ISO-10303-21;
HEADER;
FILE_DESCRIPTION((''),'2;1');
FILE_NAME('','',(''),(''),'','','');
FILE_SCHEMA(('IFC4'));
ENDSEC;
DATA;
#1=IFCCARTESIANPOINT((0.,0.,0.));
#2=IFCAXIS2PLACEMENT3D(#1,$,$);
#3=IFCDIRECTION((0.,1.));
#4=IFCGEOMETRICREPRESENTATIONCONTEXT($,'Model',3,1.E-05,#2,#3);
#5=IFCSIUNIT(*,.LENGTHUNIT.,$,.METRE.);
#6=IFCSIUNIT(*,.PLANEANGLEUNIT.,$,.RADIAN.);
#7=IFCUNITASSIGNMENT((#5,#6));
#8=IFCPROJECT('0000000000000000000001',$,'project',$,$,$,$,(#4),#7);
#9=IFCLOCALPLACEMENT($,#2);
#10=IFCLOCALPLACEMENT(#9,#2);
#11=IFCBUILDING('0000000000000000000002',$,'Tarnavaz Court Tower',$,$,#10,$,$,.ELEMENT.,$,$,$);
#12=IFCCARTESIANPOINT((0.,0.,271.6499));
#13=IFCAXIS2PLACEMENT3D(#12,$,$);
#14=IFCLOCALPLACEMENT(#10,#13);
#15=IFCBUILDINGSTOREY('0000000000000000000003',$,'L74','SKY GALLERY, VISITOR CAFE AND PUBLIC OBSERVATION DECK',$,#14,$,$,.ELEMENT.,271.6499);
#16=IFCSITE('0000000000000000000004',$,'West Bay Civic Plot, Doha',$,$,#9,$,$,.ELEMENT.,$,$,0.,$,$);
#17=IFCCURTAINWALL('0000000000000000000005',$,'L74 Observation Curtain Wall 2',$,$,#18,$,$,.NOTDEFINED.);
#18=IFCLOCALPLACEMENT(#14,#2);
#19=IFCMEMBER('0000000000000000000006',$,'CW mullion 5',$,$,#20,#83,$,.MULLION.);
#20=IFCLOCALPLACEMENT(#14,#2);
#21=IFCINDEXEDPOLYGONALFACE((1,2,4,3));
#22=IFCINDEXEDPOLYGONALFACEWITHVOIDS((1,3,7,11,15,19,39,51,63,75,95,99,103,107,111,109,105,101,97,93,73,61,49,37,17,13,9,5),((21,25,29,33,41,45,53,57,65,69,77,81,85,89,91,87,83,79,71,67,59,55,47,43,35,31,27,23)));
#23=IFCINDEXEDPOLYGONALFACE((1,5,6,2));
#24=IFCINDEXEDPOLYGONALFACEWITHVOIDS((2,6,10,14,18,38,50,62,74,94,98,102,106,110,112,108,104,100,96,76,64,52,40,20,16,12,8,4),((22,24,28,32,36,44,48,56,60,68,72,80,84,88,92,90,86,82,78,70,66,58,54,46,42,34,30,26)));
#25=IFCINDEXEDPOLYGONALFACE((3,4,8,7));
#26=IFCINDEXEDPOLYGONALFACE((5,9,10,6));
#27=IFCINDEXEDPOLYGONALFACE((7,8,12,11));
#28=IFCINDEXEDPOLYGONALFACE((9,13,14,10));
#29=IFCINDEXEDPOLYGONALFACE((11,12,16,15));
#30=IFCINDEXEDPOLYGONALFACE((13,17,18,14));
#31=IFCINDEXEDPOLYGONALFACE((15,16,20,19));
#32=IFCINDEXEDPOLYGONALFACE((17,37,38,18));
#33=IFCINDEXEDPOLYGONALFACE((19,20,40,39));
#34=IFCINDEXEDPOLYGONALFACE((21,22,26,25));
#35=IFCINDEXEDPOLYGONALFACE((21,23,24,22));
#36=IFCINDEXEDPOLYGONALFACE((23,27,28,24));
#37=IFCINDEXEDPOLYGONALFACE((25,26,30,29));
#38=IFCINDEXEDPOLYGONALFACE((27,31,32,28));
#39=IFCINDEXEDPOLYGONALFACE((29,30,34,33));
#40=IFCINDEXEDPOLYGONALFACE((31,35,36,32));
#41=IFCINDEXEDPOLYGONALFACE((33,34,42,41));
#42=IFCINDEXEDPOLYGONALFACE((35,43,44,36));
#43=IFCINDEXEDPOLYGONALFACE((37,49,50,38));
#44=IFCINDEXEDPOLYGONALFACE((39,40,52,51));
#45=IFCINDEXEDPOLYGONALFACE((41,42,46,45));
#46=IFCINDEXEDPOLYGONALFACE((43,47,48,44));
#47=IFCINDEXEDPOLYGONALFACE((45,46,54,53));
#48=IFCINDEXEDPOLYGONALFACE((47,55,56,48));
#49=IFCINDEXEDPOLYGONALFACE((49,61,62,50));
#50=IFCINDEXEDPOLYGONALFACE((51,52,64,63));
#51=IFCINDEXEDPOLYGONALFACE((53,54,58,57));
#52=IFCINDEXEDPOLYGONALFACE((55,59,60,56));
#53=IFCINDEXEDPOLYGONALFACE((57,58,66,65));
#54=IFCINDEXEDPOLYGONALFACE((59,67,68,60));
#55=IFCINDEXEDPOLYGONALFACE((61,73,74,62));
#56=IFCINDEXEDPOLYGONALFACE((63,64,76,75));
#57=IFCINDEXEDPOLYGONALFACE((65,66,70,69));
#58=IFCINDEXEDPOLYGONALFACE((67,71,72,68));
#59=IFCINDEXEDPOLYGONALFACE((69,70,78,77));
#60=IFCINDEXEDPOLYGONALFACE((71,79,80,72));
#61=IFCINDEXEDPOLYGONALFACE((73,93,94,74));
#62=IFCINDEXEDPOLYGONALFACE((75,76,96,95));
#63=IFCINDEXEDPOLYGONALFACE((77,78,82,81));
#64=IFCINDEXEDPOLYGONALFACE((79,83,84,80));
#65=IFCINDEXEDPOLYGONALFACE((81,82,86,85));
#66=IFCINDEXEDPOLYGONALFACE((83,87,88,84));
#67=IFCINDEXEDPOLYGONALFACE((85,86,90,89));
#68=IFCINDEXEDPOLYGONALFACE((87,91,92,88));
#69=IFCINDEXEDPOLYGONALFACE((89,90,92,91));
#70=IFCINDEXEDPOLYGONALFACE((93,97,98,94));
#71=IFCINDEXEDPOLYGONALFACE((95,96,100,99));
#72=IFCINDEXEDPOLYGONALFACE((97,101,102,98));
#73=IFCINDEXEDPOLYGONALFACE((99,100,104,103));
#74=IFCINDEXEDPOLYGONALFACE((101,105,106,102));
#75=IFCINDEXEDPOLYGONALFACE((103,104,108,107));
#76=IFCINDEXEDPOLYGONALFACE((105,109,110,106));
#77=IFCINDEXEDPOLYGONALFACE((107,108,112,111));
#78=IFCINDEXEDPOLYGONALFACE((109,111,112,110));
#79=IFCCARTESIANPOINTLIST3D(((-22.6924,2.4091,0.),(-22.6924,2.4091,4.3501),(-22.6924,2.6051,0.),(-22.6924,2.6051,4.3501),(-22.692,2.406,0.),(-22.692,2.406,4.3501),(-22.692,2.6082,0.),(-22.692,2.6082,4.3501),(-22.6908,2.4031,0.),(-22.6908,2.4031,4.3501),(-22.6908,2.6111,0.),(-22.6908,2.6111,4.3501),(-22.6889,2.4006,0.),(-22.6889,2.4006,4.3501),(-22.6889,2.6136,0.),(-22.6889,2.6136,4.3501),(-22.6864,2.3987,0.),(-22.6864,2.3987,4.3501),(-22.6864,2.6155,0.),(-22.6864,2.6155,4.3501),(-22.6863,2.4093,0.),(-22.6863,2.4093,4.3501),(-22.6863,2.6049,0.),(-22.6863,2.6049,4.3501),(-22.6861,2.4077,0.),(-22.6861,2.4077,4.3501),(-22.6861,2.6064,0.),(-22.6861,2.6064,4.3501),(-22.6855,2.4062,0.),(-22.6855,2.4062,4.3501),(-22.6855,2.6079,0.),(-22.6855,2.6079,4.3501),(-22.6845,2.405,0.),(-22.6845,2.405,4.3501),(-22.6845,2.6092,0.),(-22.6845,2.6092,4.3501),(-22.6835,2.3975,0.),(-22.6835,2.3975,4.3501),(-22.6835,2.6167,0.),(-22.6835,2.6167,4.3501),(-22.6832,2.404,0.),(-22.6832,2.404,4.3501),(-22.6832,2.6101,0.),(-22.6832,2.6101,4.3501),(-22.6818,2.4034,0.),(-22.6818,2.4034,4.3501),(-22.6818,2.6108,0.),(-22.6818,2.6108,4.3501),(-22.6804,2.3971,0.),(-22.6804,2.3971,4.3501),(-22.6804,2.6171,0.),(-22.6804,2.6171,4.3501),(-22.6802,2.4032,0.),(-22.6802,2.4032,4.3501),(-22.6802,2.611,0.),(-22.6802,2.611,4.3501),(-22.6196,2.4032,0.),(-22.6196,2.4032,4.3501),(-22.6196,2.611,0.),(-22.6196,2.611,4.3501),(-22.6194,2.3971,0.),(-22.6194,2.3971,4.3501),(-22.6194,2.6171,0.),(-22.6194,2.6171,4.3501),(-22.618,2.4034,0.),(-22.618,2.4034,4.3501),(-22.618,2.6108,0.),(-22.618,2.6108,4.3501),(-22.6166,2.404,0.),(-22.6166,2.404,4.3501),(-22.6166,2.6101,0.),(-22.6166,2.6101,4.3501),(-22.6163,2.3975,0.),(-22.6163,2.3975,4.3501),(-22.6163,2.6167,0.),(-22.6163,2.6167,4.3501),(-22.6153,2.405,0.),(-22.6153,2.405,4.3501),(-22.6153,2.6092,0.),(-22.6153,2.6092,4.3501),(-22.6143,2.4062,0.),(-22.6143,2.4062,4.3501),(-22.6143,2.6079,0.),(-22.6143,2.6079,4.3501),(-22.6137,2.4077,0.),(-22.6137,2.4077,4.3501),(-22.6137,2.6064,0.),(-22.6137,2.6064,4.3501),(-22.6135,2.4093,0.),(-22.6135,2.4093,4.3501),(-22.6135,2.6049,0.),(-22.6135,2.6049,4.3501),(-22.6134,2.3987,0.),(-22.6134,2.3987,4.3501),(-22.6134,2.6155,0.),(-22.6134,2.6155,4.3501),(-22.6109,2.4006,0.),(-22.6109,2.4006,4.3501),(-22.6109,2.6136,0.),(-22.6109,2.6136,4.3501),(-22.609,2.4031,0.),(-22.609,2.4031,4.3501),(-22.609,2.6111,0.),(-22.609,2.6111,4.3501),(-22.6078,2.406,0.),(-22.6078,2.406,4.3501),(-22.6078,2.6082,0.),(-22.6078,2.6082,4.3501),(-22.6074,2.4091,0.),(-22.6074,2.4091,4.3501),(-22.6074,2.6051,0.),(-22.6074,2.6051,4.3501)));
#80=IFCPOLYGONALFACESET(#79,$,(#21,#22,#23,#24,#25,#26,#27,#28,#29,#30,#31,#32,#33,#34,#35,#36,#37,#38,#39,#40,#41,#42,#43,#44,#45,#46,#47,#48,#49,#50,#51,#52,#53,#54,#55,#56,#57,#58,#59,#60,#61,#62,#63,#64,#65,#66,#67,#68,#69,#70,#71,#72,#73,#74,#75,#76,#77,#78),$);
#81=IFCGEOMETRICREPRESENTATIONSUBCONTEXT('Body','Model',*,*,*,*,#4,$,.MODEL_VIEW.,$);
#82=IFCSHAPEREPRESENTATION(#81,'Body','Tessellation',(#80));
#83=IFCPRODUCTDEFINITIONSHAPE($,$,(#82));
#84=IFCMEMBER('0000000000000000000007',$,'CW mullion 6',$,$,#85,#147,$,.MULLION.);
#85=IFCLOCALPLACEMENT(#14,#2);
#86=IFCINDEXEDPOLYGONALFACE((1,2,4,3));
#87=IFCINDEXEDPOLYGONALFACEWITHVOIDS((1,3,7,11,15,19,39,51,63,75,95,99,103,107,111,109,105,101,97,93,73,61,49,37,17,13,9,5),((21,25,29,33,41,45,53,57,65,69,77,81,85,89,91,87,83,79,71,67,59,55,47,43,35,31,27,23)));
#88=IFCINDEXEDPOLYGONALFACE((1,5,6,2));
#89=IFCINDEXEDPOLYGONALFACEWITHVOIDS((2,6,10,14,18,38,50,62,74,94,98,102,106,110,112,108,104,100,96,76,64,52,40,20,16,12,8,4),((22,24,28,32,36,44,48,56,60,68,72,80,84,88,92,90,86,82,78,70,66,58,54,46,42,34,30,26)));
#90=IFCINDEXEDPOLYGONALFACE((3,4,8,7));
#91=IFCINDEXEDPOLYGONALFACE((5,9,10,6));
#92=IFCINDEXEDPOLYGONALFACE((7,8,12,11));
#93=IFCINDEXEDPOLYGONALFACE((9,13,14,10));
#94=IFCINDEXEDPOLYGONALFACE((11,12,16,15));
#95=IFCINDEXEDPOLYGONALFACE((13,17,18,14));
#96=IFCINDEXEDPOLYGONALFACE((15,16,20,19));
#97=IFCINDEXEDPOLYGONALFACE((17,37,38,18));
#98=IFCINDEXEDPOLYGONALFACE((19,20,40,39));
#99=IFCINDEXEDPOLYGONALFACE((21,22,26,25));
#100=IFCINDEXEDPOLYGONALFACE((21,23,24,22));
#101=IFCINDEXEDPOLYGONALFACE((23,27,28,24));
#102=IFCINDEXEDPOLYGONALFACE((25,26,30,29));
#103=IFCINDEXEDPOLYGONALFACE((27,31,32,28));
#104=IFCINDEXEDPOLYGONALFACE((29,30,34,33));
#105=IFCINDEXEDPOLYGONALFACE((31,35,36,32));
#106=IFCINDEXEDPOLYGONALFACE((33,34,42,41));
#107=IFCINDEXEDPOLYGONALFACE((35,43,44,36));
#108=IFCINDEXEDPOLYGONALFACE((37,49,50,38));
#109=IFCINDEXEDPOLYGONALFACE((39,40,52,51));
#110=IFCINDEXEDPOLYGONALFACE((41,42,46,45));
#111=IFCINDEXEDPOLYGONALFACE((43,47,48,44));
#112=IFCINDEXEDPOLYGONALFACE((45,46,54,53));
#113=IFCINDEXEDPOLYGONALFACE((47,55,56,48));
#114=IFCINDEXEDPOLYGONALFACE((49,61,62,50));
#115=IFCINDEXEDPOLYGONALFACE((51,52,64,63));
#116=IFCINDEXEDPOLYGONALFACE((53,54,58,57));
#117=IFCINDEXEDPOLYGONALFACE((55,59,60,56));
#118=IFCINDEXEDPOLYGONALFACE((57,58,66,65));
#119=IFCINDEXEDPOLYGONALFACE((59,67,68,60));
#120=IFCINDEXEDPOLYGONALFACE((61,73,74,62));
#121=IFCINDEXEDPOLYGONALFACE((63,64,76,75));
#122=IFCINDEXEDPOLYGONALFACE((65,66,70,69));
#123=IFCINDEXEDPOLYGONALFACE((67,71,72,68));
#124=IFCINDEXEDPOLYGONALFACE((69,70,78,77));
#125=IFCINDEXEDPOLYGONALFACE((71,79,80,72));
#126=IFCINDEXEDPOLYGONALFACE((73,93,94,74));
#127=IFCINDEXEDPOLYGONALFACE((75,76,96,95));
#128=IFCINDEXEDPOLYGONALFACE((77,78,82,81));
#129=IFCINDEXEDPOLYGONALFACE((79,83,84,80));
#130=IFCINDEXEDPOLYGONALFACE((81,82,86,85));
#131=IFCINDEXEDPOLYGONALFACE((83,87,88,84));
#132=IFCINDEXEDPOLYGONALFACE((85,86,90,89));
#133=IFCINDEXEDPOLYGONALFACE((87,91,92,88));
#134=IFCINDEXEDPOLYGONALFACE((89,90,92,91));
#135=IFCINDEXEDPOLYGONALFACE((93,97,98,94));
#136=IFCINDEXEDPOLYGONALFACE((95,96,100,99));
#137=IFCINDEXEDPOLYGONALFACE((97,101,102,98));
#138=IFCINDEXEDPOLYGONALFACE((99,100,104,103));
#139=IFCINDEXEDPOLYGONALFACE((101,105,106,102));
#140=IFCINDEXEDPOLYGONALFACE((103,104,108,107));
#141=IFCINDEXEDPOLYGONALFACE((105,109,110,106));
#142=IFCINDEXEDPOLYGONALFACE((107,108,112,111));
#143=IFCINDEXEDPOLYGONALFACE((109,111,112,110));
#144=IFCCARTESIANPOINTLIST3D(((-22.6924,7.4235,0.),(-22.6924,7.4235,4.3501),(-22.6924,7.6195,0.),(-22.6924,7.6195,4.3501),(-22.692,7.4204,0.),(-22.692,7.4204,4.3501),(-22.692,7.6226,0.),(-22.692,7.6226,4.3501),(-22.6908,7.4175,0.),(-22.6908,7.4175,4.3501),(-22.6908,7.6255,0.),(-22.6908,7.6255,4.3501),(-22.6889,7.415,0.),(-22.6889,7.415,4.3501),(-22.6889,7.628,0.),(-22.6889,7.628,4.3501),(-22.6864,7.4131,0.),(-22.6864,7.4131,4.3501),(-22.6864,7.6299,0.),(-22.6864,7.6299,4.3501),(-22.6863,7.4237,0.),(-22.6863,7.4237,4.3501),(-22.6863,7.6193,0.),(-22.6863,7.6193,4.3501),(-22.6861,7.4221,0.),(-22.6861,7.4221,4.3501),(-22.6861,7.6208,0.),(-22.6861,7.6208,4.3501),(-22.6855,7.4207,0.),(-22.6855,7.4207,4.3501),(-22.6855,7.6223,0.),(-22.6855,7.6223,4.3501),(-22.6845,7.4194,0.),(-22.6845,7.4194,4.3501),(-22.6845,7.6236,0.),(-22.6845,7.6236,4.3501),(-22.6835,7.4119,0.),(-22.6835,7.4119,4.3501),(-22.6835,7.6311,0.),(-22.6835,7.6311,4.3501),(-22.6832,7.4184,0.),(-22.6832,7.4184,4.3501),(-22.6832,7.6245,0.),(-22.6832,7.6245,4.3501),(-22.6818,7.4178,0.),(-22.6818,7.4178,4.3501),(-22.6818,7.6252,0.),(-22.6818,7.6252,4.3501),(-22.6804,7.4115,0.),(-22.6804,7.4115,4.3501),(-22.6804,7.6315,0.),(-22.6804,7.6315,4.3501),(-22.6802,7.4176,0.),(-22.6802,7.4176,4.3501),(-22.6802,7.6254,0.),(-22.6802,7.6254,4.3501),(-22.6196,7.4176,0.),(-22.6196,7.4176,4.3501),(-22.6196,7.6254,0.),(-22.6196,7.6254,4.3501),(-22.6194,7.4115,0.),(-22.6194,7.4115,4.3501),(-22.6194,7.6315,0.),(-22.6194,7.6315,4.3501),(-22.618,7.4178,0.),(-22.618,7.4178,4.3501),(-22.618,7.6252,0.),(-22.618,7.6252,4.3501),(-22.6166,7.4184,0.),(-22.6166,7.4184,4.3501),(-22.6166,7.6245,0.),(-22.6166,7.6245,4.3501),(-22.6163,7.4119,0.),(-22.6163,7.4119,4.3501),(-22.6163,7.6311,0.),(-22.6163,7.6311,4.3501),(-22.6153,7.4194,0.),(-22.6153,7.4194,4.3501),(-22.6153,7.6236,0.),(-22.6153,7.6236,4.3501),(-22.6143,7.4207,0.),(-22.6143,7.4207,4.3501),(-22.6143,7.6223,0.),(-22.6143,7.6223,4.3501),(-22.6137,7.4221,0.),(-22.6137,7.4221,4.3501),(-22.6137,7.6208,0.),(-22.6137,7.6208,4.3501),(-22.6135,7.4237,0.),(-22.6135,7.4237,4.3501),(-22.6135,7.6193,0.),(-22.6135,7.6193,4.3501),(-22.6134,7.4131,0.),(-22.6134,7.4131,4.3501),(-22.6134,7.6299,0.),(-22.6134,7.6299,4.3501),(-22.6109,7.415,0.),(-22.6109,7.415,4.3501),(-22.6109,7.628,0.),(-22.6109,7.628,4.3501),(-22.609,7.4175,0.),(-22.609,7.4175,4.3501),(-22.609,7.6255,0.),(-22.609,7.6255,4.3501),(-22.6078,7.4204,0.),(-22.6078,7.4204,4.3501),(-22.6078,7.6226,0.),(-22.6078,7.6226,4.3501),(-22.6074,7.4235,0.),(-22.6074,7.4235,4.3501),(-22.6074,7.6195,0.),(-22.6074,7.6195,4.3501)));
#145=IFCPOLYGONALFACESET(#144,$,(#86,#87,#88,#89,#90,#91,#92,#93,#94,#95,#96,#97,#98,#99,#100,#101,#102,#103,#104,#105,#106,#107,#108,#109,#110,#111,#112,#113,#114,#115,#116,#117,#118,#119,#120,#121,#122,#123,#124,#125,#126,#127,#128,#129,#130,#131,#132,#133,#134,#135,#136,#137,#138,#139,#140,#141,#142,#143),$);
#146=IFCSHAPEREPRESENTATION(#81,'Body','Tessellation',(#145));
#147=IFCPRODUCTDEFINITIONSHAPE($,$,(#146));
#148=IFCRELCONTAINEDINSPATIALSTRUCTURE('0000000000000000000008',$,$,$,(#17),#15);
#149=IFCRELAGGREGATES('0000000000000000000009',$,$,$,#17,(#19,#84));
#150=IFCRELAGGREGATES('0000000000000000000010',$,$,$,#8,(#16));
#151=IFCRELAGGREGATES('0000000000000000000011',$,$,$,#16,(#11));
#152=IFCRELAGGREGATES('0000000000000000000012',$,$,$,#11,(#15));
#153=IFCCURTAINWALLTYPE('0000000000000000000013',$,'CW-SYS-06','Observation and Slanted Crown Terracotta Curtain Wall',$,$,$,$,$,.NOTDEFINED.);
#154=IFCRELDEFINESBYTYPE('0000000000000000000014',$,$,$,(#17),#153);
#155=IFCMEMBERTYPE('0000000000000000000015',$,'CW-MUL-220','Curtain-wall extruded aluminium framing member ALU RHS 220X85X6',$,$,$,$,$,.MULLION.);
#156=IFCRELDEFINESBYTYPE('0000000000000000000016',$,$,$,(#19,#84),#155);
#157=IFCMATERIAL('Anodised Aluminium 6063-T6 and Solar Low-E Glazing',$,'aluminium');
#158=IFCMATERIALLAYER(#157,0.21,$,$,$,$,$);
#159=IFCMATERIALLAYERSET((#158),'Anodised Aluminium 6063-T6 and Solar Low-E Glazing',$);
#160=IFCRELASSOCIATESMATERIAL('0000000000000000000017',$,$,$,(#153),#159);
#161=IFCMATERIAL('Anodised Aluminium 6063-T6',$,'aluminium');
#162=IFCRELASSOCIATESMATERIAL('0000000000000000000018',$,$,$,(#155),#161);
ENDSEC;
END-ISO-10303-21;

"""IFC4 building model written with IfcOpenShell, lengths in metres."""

from ifc_helpers import new_model, si_unit, direction, frame, origin, origin_2d, place, context, subcontext, project, spatial, hollow_rectangle, extrude, material, layer, layer_set, material_profile, profile_set, type_object, element, aggregate, save


model = new_model("IFC4")

# Units and contexts
model_context = context("Model", 3, precision=1e-05, world=origin(), true_north=direction((0.0, 1.0)))
body_context = subcontext(model_context, "Body", "Model", "MODEL_VIEW")
ifc_project = project(units=[si_unit("LENGTHUNIT", "METRE"), si_unit("PLANEANGLEUNIT", "RADIAN")], contexts=[model_context])

# Site, building, storey
site_placement = place(None, origin())
site = spatial("IfcSite", under=ifc_project, at=site_placement, Name="West Bay Civic Plot, Doha", CompositionType="ELEMENT", RefElevation=0.0)
building_placement = place(site_placement, origin())
building = spatial("IfcBuilding", under=site, at=building_placement, Name="Tarnavaz Court Tower", CompositionType="ELEMENT")
storey_placement = place(building_placement, frame((0.0, 0.0, 271.6499)))
storey = spatial("IfcBuildingStorey", under=building, at=storey_placement, Name="L74", Description="SKY GALLERY, VISITOR CAFE AND PUBLIC OBSERVATION DECK", CompositionType="ELEMENT", Elevation=271.6499)

# Curtain wall, members
ifc_material_1 = material(Name="Anodised Aluminium 6063-T6 and Solar Low-E Glazing", Category="aluminium")
ifc_layer_1 = layer(ifc_material_1, 0.21)
ifc_layer_set_1 = layer_set([ifc_layer_1], Name="Anodised Aluminium 6063-T6 and Solar Low-E Glazing")
curtain_wall_type = type_object("IfcCurtainWallType", Name="CW-SYS-06", Description="Observation and Slanted Crown Terracotta Curtain Wall", PredefinedType="NOTDEFINED", material=ifc_layer_set_1)
curtain_wall_placement = place(storey_placement, origin())
curtain_wall = element("IfcCurtainWall", 1, at=curtain_wall_placement, inside=storey, type_object=curtain_wall_type, Name="L74 Observation Curtain Wall 2", PredefinedType="NOTDEFINED")
ifc_material_2 = material(Name="Anodised Aluminium 6063-T6", Category="aluminium")
ifc_material_profile_1 = material_profile(ifc_material_2, hollow_rectangle(XDim=0.085, YDim=0.22, WallThickness=0.0061, InnerFilletRadius=0.0061, OuterFilletRadius=0.012, at=origin_2d()), Name="ALU RHS 220X85X6")
ifc_profile_set_1 = profile_set([ifc_material_profile_1], Name="Anodised Aluminium 6063-T6")
member_type_1 = type_object("IfcMemberType", Name="CW-MUL-220", Description="Curtain-wall extruded aluminium framing member ALU RHS 220X85X6", PredefinedType="MULLION", material=ifc_profile_set_1)
member_1_placement = place(storey_placement, frame((-22.6499, 2.5071, 0.0), z_axis=(0.0, 0.0, 1.0), x_axis=(-1.0, 0.0, 0.0)))
member_1 = element("IfcMember", 2, at=member_1_placement, type_object=member_type_1, Name="CW mullion 5", PredefinedType="MULLION", context=body_context, shape_type="SweptSolid", body=[
    extrude(hollow_rectangle(XDim=0.085, YDim=0.22, WallThickness=0.0061, InnerFilletRadius=0.0061, OuterFilletRadius=0.012, at=origin_2d()), origin(), (0.0, 0.0, 1.0), 4.3501),
])
member_2_placement = place(storey_placement, frame((-22.6499, 7.5215, 0.0), z_axis=(0.0, 0.0, 1.0), x_axis=(-1.0, 0.0, 0.0)))
member_2 = element("IfcMember", 3, at=member_2_placement, type_object=member_type_1, Name="CW mullion 6", PredefinedType="MULLION", context=body_context, shape_type="SweptSolid", body=[
    extrude(hollow_rectangle(XDim=0.085, YDim=0.22, WallThickness=0.0061, InnerFilletRadius=0.0061, OuterFilletRadius=0.012, at=origin_2d()), origin(), (0.0, 0.0, 1.0), 4.3501),
])
aggregate(curtain_wall, [member_1, member_2])

save(model, "model.ifc")
